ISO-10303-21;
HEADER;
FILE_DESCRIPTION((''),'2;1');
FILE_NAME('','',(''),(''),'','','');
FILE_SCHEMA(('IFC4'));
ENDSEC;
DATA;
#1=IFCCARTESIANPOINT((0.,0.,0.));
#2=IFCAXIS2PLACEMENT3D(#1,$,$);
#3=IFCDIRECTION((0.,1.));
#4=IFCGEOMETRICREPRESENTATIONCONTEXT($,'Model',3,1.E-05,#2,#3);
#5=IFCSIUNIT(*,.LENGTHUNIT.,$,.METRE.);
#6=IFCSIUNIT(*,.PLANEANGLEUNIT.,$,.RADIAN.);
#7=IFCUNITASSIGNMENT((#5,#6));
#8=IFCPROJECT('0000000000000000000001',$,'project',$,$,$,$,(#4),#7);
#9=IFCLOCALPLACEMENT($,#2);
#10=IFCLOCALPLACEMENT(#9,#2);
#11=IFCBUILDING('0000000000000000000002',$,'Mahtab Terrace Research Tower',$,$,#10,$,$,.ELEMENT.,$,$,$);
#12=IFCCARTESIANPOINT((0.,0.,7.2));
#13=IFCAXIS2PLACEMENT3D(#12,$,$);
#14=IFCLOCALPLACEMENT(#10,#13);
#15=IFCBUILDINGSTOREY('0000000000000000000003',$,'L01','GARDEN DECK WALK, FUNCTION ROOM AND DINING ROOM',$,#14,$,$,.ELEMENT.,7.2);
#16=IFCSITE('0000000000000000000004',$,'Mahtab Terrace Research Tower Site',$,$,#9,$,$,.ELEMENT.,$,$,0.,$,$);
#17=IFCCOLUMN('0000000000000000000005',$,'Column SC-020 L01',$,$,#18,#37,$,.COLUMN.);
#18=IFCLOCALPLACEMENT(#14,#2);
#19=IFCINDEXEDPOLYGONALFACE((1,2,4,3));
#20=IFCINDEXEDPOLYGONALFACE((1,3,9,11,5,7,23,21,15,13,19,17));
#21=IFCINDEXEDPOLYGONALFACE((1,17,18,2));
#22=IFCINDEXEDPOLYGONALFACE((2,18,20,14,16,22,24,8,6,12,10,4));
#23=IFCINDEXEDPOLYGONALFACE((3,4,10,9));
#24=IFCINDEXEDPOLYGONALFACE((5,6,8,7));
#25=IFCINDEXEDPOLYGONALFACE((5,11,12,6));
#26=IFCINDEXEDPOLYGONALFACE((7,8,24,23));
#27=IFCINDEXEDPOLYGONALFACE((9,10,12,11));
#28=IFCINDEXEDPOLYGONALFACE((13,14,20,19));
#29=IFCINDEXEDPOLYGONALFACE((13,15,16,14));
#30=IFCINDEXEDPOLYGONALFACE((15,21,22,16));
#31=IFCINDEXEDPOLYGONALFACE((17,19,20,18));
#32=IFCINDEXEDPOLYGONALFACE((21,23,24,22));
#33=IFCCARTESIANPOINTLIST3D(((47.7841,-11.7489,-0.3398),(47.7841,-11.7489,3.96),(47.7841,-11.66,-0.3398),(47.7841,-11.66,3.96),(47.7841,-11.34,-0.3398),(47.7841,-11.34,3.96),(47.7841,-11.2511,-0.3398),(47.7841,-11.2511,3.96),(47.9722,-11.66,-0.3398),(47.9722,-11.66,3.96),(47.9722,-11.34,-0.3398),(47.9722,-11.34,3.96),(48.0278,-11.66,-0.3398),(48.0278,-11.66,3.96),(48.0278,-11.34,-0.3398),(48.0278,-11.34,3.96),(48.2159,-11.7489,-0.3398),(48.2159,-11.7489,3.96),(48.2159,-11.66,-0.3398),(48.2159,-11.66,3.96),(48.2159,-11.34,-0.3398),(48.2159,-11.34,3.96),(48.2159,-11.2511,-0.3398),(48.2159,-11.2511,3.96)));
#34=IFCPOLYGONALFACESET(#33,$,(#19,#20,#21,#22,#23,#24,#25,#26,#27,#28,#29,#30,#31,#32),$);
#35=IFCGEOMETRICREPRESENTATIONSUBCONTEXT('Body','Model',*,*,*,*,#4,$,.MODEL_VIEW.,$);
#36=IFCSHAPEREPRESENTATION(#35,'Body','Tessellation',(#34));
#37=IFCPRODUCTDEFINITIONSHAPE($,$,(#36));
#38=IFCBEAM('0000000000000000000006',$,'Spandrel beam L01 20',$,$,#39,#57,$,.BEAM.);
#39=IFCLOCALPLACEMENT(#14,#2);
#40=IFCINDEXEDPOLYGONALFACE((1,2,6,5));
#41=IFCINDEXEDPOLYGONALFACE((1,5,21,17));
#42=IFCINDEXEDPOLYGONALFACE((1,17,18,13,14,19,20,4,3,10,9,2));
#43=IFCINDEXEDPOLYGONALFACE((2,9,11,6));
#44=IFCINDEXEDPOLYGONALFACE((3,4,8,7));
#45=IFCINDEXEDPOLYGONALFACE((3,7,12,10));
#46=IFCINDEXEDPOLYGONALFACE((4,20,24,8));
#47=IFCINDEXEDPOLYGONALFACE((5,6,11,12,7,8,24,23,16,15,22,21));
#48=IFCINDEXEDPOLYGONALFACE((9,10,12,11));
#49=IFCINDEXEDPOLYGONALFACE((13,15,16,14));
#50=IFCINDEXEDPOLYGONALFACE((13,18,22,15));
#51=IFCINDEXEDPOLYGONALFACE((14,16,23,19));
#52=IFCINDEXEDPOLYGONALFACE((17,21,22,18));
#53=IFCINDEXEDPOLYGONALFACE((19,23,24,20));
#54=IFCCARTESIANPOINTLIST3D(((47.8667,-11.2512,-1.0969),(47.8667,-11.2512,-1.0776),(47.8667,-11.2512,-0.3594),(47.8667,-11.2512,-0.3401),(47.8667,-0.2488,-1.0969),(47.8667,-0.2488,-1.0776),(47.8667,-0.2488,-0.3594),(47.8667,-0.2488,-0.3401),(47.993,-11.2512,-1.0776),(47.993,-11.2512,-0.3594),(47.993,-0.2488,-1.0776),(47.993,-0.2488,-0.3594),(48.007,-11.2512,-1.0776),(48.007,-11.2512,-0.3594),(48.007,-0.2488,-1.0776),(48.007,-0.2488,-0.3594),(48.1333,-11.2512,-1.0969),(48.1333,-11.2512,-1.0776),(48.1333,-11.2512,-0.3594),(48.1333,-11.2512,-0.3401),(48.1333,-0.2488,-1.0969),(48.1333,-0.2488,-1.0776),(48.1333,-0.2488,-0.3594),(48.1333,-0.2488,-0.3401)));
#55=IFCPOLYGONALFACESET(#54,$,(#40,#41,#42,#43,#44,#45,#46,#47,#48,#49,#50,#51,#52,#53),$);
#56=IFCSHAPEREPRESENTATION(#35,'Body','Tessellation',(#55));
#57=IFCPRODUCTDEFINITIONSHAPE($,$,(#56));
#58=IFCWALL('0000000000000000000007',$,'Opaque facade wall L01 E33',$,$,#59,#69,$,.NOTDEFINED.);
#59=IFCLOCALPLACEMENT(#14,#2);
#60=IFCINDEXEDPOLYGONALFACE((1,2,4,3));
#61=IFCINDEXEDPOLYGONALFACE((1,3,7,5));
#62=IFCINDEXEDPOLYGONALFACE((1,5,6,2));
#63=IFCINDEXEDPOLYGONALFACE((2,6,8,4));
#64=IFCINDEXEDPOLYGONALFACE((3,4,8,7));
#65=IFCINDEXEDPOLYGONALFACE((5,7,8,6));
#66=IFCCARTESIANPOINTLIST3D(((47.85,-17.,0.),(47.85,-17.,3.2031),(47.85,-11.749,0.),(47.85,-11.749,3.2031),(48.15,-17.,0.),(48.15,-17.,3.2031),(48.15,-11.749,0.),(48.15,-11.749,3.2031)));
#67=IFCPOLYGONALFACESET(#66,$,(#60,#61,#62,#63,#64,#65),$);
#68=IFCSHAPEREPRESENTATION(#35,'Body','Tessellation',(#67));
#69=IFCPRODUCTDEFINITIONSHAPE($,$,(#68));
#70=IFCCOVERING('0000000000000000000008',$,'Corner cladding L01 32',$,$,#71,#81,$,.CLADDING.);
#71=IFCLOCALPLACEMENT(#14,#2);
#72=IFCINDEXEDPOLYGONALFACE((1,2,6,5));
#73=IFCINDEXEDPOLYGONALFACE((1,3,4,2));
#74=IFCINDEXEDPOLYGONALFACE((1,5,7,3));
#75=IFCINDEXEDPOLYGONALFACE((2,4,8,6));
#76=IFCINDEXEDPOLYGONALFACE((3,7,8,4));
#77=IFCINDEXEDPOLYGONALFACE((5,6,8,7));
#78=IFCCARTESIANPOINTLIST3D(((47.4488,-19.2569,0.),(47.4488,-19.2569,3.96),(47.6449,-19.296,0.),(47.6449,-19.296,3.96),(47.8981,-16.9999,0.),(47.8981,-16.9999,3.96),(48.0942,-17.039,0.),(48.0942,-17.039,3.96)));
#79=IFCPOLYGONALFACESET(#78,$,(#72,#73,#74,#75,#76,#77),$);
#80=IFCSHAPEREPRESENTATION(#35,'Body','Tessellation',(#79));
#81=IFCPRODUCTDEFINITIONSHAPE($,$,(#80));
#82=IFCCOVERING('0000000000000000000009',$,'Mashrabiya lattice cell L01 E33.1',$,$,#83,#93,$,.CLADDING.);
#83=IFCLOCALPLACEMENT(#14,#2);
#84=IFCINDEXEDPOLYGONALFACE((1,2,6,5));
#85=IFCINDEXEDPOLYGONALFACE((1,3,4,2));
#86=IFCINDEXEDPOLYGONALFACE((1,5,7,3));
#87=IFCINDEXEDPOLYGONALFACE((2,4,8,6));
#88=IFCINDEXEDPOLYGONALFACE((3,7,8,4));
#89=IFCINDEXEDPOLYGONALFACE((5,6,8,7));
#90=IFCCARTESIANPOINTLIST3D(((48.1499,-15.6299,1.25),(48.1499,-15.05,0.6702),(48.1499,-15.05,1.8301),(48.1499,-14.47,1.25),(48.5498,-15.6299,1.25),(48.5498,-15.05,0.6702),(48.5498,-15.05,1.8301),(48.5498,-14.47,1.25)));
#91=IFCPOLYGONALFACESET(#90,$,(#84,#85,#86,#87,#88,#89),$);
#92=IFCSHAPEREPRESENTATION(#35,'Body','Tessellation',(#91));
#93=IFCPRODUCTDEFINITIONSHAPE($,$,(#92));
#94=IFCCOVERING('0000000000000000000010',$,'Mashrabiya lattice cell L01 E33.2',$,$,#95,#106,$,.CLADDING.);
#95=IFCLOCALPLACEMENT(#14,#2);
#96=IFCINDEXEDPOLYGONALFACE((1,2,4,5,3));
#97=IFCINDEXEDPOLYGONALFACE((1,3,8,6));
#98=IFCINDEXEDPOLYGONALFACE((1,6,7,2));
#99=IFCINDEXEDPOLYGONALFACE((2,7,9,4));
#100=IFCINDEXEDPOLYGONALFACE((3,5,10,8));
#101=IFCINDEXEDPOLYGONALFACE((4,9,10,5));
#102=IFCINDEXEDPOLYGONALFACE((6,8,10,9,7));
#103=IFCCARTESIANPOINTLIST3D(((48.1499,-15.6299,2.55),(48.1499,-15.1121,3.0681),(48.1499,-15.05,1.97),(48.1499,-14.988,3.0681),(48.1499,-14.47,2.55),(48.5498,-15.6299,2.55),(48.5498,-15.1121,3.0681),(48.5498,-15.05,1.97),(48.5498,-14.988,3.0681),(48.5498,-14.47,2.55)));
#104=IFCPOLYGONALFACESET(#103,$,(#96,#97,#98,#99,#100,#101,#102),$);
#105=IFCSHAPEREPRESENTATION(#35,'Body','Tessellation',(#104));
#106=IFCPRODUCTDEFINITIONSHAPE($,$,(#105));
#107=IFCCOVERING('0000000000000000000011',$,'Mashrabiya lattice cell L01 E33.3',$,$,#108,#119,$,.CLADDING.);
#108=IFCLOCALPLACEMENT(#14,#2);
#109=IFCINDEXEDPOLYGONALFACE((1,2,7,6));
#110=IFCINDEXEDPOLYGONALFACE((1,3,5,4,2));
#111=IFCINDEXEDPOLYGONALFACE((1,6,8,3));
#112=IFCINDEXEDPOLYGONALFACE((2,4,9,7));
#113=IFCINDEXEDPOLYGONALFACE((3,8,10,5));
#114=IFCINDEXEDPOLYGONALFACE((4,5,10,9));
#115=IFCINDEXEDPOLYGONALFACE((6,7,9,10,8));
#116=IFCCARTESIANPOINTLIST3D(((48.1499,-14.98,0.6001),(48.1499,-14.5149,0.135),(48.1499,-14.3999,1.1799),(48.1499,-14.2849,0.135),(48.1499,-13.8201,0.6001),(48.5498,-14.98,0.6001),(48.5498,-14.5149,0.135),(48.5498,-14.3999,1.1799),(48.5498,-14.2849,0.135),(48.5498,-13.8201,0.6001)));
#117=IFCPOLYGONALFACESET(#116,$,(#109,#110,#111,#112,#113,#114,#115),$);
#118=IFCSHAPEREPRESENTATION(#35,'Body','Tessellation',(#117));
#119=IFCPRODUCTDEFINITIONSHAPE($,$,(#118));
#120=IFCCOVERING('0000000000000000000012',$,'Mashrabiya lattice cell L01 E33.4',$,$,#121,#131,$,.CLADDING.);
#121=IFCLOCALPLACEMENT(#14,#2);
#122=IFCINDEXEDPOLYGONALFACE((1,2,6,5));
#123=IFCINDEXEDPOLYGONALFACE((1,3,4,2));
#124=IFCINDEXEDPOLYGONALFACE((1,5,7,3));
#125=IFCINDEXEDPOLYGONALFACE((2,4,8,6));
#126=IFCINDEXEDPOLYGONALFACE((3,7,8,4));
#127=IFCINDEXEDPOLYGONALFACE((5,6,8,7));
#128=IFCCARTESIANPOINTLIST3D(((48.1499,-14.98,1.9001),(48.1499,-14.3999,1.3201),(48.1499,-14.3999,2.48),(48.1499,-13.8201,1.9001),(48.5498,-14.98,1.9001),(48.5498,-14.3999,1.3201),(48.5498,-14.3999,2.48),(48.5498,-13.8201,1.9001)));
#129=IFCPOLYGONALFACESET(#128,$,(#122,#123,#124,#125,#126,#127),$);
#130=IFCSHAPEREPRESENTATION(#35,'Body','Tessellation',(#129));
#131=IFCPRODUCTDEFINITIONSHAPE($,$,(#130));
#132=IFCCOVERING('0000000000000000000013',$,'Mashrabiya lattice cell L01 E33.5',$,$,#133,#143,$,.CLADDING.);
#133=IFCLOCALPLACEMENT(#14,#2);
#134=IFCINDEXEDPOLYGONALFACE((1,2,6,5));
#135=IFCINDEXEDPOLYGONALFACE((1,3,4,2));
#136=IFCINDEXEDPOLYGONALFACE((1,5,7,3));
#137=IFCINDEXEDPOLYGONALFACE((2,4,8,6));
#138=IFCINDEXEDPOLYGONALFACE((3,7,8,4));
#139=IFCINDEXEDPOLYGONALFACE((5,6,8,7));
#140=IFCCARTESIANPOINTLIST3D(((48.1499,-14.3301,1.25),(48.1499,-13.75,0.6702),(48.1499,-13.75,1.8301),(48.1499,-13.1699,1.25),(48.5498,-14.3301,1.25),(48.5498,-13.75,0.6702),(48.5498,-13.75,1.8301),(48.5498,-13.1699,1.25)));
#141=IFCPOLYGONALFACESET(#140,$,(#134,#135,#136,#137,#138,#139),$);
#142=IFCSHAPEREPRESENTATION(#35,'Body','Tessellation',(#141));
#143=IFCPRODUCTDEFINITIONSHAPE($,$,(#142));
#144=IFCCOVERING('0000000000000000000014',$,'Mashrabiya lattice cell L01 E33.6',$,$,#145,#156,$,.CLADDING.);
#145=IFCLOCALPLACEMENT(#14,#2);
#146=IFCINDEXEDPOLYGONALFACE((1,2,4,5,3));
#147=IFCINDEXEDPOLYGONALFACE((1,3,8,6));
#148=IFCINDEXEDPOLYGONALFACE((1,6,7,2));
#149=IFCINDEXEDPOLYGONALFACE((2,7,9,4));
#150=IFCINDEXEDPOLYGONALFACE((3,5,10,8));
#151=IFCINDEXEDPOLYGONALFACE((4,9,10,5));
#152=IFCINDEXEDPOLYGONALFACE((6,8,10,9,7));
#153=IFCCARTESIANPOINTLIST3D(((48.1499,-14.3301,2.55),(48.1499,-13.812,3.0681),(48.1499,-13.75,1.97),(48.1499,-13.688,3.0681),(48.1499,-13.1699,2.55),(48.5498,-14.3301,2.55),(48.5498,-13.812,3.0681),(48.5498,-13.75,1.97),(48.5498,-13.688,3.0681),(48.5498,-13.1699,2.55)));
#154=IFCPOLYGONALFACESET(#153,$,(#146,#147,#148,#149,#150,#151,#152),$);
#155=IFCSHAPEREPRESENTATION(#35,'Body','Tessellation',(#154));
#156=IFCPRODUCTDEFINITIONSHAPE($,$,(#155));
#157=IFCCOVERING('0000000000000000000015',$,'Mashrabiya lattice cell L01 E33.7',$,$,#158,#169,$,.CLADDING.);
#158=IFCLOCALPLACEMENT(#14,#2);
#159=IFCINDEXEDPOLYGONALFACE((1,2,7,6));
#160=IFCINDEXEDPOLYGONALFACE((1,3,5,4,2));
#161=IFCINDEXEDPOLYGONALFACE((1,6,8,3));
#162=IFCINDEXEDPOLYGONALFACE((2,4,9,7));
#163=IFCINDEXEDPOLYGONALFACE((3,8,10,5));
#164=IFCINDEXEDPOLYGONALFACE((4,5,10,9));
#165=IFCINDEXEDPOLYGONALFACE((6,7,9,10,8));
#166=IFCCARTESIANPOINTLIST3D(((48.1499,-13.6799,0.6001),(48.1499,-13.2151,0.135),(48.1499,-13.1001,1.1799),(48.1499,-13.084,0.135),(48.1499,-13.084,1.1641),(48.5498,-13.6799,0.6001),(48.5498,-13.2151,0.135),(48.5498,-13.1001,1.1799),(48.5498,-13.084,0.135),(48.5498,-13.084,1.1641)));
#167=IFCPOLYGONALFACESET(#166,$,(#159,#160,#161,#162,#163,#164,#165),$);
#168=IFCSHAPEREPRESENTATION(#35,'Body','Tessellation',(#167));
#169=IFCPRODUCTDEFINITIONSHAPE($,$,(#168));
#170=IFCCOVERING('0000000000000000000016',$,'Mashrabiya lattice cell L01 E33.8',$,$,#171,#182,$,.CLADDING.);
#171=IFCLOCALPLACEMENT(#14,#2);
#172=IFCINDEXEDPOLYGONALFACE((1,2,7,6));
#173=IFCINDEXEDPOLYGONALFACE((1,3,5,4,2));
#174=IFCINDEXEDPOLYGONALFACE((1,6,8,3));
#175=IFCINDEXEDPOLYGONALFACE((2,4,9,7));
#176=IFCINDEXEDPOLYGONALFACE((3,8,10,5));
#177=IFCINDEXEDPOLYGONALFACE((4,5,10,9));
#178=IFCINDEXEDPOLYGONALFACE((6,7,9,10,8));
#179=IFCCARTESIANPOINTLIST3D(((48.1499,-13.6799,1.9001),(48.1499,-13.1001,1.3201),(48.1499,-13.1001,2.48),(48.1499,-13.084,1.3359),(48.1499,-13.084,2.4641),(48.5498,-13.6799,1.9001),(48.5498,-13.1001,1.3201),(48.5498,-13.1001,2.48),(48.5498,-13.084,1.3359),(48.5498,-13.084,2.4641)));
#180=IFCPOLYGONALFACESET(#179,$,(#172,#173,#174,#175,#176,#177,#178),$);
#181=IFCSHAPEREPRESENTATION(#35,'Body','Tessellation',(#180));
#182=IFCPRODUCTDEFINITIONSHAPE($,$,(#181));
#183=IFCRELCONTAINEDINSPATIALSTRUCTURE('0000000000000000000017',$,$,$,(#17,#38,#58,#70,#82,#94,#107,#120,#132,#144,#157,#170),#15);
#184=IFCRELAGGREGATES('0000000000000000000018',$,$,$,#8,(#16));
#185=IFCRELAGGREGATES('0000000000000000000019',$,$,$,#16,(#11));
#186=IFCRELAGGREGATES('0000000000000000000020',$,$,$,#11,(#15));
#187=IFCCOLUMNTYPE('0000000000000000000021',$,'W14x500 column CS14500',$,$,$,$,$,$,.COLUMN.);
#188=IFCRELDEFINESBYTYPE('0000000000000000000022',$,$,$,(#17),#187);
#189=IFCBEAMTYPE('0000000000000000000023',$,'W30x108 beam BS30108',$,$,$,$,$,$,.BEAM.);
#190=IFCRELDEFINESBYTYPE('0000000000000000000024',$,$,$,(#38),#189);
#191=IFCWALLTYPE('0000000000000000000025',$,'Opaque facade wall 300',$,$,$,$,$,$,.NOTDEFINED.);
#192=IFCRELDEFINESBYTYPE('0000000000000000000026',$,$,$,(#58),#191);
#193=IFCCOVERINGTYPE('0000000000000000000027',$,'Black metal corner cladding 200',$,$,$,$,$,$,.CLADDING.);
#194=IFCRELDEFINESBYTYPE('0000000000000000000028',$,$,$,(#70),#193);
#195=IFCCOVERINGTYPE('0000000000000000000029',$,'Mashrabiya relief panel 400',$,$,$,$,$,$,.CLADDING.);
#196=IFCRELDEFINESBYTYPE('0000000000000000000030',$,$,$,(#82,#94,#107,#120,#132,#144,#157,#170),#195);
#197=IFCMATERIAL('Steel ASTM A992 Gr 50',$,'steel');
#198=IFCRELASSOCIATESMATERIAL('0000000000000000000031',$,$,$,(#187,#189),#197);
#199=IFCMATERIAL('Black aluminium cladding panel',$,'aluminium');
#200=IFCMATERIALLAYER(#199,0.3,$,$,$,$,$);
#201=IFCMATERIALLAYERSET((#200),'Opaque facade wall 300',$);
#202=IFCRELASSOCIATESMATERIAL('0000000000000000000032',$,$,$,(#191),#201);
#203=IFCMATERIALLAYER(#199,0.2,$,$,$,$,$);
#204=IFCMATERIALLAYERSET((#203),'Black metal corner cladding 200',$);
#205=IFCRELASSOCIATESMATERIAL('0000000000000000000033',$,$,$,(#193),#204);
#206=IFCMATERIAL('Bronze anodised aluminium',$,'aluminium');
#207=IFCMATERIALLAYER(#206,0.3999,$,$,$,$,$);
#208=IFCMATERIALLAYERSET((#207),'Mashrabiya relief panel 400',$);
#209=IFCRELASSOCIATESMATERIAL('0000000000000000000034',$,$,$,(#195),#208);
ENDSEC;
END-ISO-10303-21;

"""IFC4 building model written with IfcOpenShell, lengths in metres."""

from ifc_helpers import new_model, si_unit, direction, frame, frame_2d, origin, origin_2d, place, context, subcontext, project, spatial, polyline, rectangle, i_section, outline, extrude, material, layer, layer_set, material_profile, profile_set, type_object, element, save


model = new_model("IFC4")

# Units and contexts
model_context = context("Model", 3, precision=1e-05, world=origin(), true_north=direction((0.0, 1.0)))
body_context = subcontext(model_context, "Body", "Model", "MODEL_VIEW")
ifc_project = project(units=[si_unit("LENGTHUNIT", "METRE"), si_unit("PLANEANGLEUNIT", "RADIAN")], contexts=[model_context])

# Site, building, storey
site_placement = place(None, origin())
site = spatial("IfcSite", under=ifc_project, at=site_placement, Name="Mahtab Terrace Research Tower Site", CompositionType="ELEMENT", RefElevation=0.0)
building_placement = place(site_placement, origin())
building = spatial("IfcBuilding", under=site, at=building_placement, Name="Mahtab Terrace Research Tower", CompositionType="ELEMENT")
storey_placement = place(building_placement, frame((0.0, 0.0, 7.2)))
storey = spatial("IfcBuildingStorey", under=building, at=storey_placement, Name="L01", Description="GARDEN DECK WALK, FUNCTION ROOM AND DINING ROOM", CompositionType="ELEMENT", Elevation=7.2)

# Column
ifc_material_1 = material(Name="Steel ASTM A992 Gr 50", Category="steel")
ifc_material_profile_1 = material_profile(ifc_material_1, i_section(OverallWidth=0.4319, OverallDepth=0.4978, WebThickness=0.0557, FlangeThickness=0.0889, at=origin_2d()), Name="W14X500")
ifc_profile_set_1 = profile_set([ifc_material_profile_1], Name="Steel ASTM A992 Gr 50")
column_type = type_object("IfcColumnType", Name="W14x500 column CS14500", PredefinedType="COLUMN", material=ifc_profile_set_1)
column_placement = place(storey_placement, frame((48.0, -11.5, -0.3398), z_axis=(0.0, 0.0, 1.0), x_axis=(1.0, 0.0, 0.0)))
element("IfcColumn", 1, at=column_placement, inside=storey, type_object=column_type, Name="Column SC-020 L01", PredefinedType="COLUMN", context=body_context, shape_type="SweptSolid", body=[
    extrude(i_section(OverallWidth=0.4319, OverallDepth=0.4978, WebThickness=0.0557, FlangeThickness=0.0889, at=origin_2d()), origin(), (0.0, 0.0, 1.0), 4.2998),
])

# Beam
ifc_material_profile_2 = material_profile(ifc_material_1, i_section(OverallWidth=0.2666, OverallDepth=0.7568, WebThickness=0.0139, FlangeThickness=0.0193, at=origin_2d()), Name="W30X108")
ifc_profile_set_2 = profile_set([ifc_material_profile_2], Name="Steel ASTM A992 Gr 50")
beam_type = type_object("IfcBeamType", Name="W30x108 beam BS30108", PredefinedType="BEAM", material=ifc_profile_set_2)
beam_placement = place(storey_placement, frame((48.0, -11.2512, -0.7185), z_axis=(0.0, 1.0, 0.0), x_axis=(-1.0, 0.0, 0.0)))
element("IfcBeam", 2, at=beam_placement, inside=storey, type_object=beam_type, Name="Spandrel beam L01 20", PredefinedType="BEAM", context=body_context, shape_type="SweptSolid", body=[
    extrude(i_section(OverallWidth=0.2666, OverallDepth=0.7568, WebThickness=0.0139, FlangeThickness=0.0193, at=origin_2d()), origin(), (0.0, 0.0, 1.0), 11.0024),
])

# Wall
ifc_material_2 = material(Name="Black aluminium cladding panel", Category="aluminium")
ifc_layer_1 = layer(ifc_material_2, 0.3)
ifc_layer_set_1 = layer_set([ifc_layer_1], Name="Opaque facade wall 300")
wall_type = type_object("IfcWallType", Name="Opaque facade wall 300", PredefinedType="NOTDEFINED", material=ifc_layer_set_1)
wall_placement = place(storey_placement, frame((48.0, -17.0, 0.0), z_axis=(0.0, 0.0, 1.0), x_axis=(0.0, 1.0, 0.0)))
element("IfcWall", 3, at=wall_placement, inside=storey, type_object=wall_type, Name="Opaque facade wall L01 E33", PredefinedType="NOTDEFINED", context=body_context, shape_type="SweptSolid", body=[
    extrude(rectangle(XDim=5.251, YDim=0.3, at=frame_2d((2.6255, 0.0))), origin(), (0.0, 0.0, 1.0), 3.2031),
])

# Coverings
ifc_layer_2 = layer(ifc_material_2, 0.2)
ifc_layer_set_2 = layer_set([ifc_layer_2], Name="Black metal corner cladding 200")
covering_type_1 = type_object("IfcCoveringType", Name="Black metal corner cladding 200", PredefinedType="CLADDING", material=ifc_layer_set_2)
covering_1_placement = place(storey_placement, frame((47.7715, -18.1479, 0.0), z_axis=(0.0, 0.0, 1.0), x_axis=(0.195212, 0.980761, 0.0)))
element("IfcCovering", 4, at=covering_1_placement, inside=storey, type_object=covering_type_1, Name="Corner cladding L01 32", PredefinedType="CLADDING", context=body_context, shape_type="SweptSolid", body=[
    extrude(rectangle(XDim=2.3013, YDim=0.2, at=origin_2d()), origin(), (0.0, 0.0, 1.0), 3.96),
])
ifc_material_3 = material(Name="Bronze anodised aluminium", Category="aluminium")
ifc_layer_3 = layer(ifc_material_3, 0.3999)
ifc_layer_set_3 = layer_set([ifc_layer_3], Name="Mashrabiya relief panel 400")
covering_type_2 = type_object("IfcCoveringType", Name="Mashrabiya relief panel 400", PredefinedType="CLADDING", material=ifc_layer_set_3)
covering_2_placement = place(storey_placement, frame((48.1499, -15.05, 1.8301), z_axis=(-1.0, 0.0, 0.0), x_axis=(0.0, 0.707107, -0.707107)))
element("IfcCovering", 5, at=covering_2_placement, inside=storey, type_object=covering_type_2, Name="Mashrabiya lattice cell L01 E33.1", PredefinedType="CLADDING", context=body_context, shape_type="SweptSolid", body=[
    extrude(outline(polyline([(0.0, 0.0), (0.8204, 0.0), (0.8202, 0.8202), (0.0002, 0.8202), (0.0, 0.0)])), origin(), (0.0, 0.0, -1.0), 0.3999),
])
covering_3_placement = place(storey_placement, frame((48.1499, -14.47, 2.55), z_axis=(-1.0, 0.0, 0.0), x_axis=(0.0, -0.707107, -0.707107)))
element("IfcCovering", 6, at=covering_3_placement, inside=storey, type_object=covering_type_2, Name="Mashrabiya lattice cell L01 E33.2", PredefinedType="CLADDING", context=body_context, shape_type="SweptSolid", body=[
    extrude(outline(polyline([(0.0, 0.0), (0.8204, 0.0), (0.8202, 0.8202), (0.0877, 0.8204), (0.0, 0.7327), (0.0, 0.0)])), origin(), (0.0, 0.0, -1.0), 0.3999),
])
covering_4_placement = place(storey_placement, frame((48.1499, -14.98, 0.6001), z_axis=(-1.0, 0.0, 0.0), x_axis=(0.0, 0.707256, 0.706958)))
element("IfcCovering", 7, at=covering_4_placement, inside=storey, type_object=covering_type_2, Name="Mashrabiya lattice cell L01 E33.3", PredefinedType="CLADDING", context=body_context, shape_type="SweptSolid", body=[
    extrude(outline(polyline([(0.0, 0.0), (0.8202, 0.0), (0.8204, 0.82), (0.1628, 0.8203), (0.0001, 0.6577), (0.0, 0.0)])), origin(), (0.0, 0.0, -1.0), 0.3999),
])
covering_5_placement = place(storey_placement, frame((48.1499, -14.3999, 2.48), z_axis=(-1.0, 0.0, 0.0), x_axis=(0.0, 0.707107, -0.707107)))
element("IfcCovering", 8, at=covering_5_placement, inside=storey, type_object=covering_type_2, Name="Mashrabiya lattice cell L01 E33.4", PredefinedType="CLADDING", context=body_context, shape_type="SweptSolid", body=[
    extrude(outline(polyline([(0.0, 0.0), (0.82, 0.0), (0.8202, 0.8202), (-0.0002, 0.8202), (0.0, 0.0)])), origin(), (0.0, 0.0, -1.0), 0.3999),
])
covering_6_placement = place(storey_placement, frame((48.1499, -13.75, 1.8301), z_axis=(-1.0, 0.0, 0.0), x_axis=(0.0, 0.707107, -0.707107)))
element("IfcCovering", 9, at=covering_6_placement, inside=storey, type_object=covering_type_2, Name="Mashrabiya lattice cell L01 E33.5", PredefinedType="CLADDING", context=body_context, shape_type="SweptSolid", body=[
    extrude(outline(polyline([(0.0, 0.0), (0.8204, 0.0), (0.8202, 0.8202), (0.0, 0.8204), (0.0, 0.0)])), origin(), (0.0, 0.0, -1.0), 0.3999),
])
covering_7_placement = place(storey_placement, frame((48.1499, -13.1699, 2.55), z_axis=(-1.0, 0.0, 0.0), x_axis=(0.0, -0.707107, -0.707107)))
element("IfcCovering", 10, at=covering_7_placement, inside=storey, type_object=covering_type_2, Name="Mashrabiya lattice cell L01 E33.6", PredefinedType="CLADDING", context=body_context, shape_type="SweptSolid", body=[
    extrude(outline(polyline([(0.0, 0.0), (0.8204, 0.0), (0.8204, 0.8204), (0.0877, 0.8204), (0.0, 0.7327), (0.0, 0.0)])), origin(), (0.0, 0.0, -1.0), 0.3999),
])
covering_8_placement = place(storey_placement, frame((48.1499, -13.6799, 0.6001), z_axis=(-1.0, 0.0, 0.0), x_axis=(0.0, 0.707107, 0.707107)))
element("IfcCovering", 11, at=covering_8_placement, inside=storey, type_object=covering_type_2, Name="Mashrabiya lattice cell L01 E33.7", PredefinedType="CLADDING", context=body_context, shape_type="SweptSolid", body=[
    extrude(outline(polyline([(0.0, 0.0), (0.82, 0.0), (0.8202, 0.0226), (0.0925, 0.7503), (-0.0002, 0.6576), (0.0, 0.0)])), origin(), (0.0, 0.0, -1.0), 0.3999),
])
covering_9_placement = place(storey_placement, frame((48.1499, -13.1001, 1.3201), z_axis=(-1.0, 0.0, 0.0), x_axis=(0.0, -0.706958, 0.707256)))
element("IfcCovering", 12, at=covering_9_placement, inside=storey, type_object=covering_type_2, Name="Mashrabiya lattice cell L01 E33.8", PredefinedType="CLADDING", context=body_context, shape_type="SweptSolid", body=[
    extrude(outline(polyline([(0.0, 0.0), (0.8202, 0.0), (0.8204, 0.82), (0.7977, 0.8202), (-0.0002, 0.0226), (0.0, 0.0)])), origin(), (0.0, 0.0, -1.0), 0.3999),
])

save(model, "model.ifc")
